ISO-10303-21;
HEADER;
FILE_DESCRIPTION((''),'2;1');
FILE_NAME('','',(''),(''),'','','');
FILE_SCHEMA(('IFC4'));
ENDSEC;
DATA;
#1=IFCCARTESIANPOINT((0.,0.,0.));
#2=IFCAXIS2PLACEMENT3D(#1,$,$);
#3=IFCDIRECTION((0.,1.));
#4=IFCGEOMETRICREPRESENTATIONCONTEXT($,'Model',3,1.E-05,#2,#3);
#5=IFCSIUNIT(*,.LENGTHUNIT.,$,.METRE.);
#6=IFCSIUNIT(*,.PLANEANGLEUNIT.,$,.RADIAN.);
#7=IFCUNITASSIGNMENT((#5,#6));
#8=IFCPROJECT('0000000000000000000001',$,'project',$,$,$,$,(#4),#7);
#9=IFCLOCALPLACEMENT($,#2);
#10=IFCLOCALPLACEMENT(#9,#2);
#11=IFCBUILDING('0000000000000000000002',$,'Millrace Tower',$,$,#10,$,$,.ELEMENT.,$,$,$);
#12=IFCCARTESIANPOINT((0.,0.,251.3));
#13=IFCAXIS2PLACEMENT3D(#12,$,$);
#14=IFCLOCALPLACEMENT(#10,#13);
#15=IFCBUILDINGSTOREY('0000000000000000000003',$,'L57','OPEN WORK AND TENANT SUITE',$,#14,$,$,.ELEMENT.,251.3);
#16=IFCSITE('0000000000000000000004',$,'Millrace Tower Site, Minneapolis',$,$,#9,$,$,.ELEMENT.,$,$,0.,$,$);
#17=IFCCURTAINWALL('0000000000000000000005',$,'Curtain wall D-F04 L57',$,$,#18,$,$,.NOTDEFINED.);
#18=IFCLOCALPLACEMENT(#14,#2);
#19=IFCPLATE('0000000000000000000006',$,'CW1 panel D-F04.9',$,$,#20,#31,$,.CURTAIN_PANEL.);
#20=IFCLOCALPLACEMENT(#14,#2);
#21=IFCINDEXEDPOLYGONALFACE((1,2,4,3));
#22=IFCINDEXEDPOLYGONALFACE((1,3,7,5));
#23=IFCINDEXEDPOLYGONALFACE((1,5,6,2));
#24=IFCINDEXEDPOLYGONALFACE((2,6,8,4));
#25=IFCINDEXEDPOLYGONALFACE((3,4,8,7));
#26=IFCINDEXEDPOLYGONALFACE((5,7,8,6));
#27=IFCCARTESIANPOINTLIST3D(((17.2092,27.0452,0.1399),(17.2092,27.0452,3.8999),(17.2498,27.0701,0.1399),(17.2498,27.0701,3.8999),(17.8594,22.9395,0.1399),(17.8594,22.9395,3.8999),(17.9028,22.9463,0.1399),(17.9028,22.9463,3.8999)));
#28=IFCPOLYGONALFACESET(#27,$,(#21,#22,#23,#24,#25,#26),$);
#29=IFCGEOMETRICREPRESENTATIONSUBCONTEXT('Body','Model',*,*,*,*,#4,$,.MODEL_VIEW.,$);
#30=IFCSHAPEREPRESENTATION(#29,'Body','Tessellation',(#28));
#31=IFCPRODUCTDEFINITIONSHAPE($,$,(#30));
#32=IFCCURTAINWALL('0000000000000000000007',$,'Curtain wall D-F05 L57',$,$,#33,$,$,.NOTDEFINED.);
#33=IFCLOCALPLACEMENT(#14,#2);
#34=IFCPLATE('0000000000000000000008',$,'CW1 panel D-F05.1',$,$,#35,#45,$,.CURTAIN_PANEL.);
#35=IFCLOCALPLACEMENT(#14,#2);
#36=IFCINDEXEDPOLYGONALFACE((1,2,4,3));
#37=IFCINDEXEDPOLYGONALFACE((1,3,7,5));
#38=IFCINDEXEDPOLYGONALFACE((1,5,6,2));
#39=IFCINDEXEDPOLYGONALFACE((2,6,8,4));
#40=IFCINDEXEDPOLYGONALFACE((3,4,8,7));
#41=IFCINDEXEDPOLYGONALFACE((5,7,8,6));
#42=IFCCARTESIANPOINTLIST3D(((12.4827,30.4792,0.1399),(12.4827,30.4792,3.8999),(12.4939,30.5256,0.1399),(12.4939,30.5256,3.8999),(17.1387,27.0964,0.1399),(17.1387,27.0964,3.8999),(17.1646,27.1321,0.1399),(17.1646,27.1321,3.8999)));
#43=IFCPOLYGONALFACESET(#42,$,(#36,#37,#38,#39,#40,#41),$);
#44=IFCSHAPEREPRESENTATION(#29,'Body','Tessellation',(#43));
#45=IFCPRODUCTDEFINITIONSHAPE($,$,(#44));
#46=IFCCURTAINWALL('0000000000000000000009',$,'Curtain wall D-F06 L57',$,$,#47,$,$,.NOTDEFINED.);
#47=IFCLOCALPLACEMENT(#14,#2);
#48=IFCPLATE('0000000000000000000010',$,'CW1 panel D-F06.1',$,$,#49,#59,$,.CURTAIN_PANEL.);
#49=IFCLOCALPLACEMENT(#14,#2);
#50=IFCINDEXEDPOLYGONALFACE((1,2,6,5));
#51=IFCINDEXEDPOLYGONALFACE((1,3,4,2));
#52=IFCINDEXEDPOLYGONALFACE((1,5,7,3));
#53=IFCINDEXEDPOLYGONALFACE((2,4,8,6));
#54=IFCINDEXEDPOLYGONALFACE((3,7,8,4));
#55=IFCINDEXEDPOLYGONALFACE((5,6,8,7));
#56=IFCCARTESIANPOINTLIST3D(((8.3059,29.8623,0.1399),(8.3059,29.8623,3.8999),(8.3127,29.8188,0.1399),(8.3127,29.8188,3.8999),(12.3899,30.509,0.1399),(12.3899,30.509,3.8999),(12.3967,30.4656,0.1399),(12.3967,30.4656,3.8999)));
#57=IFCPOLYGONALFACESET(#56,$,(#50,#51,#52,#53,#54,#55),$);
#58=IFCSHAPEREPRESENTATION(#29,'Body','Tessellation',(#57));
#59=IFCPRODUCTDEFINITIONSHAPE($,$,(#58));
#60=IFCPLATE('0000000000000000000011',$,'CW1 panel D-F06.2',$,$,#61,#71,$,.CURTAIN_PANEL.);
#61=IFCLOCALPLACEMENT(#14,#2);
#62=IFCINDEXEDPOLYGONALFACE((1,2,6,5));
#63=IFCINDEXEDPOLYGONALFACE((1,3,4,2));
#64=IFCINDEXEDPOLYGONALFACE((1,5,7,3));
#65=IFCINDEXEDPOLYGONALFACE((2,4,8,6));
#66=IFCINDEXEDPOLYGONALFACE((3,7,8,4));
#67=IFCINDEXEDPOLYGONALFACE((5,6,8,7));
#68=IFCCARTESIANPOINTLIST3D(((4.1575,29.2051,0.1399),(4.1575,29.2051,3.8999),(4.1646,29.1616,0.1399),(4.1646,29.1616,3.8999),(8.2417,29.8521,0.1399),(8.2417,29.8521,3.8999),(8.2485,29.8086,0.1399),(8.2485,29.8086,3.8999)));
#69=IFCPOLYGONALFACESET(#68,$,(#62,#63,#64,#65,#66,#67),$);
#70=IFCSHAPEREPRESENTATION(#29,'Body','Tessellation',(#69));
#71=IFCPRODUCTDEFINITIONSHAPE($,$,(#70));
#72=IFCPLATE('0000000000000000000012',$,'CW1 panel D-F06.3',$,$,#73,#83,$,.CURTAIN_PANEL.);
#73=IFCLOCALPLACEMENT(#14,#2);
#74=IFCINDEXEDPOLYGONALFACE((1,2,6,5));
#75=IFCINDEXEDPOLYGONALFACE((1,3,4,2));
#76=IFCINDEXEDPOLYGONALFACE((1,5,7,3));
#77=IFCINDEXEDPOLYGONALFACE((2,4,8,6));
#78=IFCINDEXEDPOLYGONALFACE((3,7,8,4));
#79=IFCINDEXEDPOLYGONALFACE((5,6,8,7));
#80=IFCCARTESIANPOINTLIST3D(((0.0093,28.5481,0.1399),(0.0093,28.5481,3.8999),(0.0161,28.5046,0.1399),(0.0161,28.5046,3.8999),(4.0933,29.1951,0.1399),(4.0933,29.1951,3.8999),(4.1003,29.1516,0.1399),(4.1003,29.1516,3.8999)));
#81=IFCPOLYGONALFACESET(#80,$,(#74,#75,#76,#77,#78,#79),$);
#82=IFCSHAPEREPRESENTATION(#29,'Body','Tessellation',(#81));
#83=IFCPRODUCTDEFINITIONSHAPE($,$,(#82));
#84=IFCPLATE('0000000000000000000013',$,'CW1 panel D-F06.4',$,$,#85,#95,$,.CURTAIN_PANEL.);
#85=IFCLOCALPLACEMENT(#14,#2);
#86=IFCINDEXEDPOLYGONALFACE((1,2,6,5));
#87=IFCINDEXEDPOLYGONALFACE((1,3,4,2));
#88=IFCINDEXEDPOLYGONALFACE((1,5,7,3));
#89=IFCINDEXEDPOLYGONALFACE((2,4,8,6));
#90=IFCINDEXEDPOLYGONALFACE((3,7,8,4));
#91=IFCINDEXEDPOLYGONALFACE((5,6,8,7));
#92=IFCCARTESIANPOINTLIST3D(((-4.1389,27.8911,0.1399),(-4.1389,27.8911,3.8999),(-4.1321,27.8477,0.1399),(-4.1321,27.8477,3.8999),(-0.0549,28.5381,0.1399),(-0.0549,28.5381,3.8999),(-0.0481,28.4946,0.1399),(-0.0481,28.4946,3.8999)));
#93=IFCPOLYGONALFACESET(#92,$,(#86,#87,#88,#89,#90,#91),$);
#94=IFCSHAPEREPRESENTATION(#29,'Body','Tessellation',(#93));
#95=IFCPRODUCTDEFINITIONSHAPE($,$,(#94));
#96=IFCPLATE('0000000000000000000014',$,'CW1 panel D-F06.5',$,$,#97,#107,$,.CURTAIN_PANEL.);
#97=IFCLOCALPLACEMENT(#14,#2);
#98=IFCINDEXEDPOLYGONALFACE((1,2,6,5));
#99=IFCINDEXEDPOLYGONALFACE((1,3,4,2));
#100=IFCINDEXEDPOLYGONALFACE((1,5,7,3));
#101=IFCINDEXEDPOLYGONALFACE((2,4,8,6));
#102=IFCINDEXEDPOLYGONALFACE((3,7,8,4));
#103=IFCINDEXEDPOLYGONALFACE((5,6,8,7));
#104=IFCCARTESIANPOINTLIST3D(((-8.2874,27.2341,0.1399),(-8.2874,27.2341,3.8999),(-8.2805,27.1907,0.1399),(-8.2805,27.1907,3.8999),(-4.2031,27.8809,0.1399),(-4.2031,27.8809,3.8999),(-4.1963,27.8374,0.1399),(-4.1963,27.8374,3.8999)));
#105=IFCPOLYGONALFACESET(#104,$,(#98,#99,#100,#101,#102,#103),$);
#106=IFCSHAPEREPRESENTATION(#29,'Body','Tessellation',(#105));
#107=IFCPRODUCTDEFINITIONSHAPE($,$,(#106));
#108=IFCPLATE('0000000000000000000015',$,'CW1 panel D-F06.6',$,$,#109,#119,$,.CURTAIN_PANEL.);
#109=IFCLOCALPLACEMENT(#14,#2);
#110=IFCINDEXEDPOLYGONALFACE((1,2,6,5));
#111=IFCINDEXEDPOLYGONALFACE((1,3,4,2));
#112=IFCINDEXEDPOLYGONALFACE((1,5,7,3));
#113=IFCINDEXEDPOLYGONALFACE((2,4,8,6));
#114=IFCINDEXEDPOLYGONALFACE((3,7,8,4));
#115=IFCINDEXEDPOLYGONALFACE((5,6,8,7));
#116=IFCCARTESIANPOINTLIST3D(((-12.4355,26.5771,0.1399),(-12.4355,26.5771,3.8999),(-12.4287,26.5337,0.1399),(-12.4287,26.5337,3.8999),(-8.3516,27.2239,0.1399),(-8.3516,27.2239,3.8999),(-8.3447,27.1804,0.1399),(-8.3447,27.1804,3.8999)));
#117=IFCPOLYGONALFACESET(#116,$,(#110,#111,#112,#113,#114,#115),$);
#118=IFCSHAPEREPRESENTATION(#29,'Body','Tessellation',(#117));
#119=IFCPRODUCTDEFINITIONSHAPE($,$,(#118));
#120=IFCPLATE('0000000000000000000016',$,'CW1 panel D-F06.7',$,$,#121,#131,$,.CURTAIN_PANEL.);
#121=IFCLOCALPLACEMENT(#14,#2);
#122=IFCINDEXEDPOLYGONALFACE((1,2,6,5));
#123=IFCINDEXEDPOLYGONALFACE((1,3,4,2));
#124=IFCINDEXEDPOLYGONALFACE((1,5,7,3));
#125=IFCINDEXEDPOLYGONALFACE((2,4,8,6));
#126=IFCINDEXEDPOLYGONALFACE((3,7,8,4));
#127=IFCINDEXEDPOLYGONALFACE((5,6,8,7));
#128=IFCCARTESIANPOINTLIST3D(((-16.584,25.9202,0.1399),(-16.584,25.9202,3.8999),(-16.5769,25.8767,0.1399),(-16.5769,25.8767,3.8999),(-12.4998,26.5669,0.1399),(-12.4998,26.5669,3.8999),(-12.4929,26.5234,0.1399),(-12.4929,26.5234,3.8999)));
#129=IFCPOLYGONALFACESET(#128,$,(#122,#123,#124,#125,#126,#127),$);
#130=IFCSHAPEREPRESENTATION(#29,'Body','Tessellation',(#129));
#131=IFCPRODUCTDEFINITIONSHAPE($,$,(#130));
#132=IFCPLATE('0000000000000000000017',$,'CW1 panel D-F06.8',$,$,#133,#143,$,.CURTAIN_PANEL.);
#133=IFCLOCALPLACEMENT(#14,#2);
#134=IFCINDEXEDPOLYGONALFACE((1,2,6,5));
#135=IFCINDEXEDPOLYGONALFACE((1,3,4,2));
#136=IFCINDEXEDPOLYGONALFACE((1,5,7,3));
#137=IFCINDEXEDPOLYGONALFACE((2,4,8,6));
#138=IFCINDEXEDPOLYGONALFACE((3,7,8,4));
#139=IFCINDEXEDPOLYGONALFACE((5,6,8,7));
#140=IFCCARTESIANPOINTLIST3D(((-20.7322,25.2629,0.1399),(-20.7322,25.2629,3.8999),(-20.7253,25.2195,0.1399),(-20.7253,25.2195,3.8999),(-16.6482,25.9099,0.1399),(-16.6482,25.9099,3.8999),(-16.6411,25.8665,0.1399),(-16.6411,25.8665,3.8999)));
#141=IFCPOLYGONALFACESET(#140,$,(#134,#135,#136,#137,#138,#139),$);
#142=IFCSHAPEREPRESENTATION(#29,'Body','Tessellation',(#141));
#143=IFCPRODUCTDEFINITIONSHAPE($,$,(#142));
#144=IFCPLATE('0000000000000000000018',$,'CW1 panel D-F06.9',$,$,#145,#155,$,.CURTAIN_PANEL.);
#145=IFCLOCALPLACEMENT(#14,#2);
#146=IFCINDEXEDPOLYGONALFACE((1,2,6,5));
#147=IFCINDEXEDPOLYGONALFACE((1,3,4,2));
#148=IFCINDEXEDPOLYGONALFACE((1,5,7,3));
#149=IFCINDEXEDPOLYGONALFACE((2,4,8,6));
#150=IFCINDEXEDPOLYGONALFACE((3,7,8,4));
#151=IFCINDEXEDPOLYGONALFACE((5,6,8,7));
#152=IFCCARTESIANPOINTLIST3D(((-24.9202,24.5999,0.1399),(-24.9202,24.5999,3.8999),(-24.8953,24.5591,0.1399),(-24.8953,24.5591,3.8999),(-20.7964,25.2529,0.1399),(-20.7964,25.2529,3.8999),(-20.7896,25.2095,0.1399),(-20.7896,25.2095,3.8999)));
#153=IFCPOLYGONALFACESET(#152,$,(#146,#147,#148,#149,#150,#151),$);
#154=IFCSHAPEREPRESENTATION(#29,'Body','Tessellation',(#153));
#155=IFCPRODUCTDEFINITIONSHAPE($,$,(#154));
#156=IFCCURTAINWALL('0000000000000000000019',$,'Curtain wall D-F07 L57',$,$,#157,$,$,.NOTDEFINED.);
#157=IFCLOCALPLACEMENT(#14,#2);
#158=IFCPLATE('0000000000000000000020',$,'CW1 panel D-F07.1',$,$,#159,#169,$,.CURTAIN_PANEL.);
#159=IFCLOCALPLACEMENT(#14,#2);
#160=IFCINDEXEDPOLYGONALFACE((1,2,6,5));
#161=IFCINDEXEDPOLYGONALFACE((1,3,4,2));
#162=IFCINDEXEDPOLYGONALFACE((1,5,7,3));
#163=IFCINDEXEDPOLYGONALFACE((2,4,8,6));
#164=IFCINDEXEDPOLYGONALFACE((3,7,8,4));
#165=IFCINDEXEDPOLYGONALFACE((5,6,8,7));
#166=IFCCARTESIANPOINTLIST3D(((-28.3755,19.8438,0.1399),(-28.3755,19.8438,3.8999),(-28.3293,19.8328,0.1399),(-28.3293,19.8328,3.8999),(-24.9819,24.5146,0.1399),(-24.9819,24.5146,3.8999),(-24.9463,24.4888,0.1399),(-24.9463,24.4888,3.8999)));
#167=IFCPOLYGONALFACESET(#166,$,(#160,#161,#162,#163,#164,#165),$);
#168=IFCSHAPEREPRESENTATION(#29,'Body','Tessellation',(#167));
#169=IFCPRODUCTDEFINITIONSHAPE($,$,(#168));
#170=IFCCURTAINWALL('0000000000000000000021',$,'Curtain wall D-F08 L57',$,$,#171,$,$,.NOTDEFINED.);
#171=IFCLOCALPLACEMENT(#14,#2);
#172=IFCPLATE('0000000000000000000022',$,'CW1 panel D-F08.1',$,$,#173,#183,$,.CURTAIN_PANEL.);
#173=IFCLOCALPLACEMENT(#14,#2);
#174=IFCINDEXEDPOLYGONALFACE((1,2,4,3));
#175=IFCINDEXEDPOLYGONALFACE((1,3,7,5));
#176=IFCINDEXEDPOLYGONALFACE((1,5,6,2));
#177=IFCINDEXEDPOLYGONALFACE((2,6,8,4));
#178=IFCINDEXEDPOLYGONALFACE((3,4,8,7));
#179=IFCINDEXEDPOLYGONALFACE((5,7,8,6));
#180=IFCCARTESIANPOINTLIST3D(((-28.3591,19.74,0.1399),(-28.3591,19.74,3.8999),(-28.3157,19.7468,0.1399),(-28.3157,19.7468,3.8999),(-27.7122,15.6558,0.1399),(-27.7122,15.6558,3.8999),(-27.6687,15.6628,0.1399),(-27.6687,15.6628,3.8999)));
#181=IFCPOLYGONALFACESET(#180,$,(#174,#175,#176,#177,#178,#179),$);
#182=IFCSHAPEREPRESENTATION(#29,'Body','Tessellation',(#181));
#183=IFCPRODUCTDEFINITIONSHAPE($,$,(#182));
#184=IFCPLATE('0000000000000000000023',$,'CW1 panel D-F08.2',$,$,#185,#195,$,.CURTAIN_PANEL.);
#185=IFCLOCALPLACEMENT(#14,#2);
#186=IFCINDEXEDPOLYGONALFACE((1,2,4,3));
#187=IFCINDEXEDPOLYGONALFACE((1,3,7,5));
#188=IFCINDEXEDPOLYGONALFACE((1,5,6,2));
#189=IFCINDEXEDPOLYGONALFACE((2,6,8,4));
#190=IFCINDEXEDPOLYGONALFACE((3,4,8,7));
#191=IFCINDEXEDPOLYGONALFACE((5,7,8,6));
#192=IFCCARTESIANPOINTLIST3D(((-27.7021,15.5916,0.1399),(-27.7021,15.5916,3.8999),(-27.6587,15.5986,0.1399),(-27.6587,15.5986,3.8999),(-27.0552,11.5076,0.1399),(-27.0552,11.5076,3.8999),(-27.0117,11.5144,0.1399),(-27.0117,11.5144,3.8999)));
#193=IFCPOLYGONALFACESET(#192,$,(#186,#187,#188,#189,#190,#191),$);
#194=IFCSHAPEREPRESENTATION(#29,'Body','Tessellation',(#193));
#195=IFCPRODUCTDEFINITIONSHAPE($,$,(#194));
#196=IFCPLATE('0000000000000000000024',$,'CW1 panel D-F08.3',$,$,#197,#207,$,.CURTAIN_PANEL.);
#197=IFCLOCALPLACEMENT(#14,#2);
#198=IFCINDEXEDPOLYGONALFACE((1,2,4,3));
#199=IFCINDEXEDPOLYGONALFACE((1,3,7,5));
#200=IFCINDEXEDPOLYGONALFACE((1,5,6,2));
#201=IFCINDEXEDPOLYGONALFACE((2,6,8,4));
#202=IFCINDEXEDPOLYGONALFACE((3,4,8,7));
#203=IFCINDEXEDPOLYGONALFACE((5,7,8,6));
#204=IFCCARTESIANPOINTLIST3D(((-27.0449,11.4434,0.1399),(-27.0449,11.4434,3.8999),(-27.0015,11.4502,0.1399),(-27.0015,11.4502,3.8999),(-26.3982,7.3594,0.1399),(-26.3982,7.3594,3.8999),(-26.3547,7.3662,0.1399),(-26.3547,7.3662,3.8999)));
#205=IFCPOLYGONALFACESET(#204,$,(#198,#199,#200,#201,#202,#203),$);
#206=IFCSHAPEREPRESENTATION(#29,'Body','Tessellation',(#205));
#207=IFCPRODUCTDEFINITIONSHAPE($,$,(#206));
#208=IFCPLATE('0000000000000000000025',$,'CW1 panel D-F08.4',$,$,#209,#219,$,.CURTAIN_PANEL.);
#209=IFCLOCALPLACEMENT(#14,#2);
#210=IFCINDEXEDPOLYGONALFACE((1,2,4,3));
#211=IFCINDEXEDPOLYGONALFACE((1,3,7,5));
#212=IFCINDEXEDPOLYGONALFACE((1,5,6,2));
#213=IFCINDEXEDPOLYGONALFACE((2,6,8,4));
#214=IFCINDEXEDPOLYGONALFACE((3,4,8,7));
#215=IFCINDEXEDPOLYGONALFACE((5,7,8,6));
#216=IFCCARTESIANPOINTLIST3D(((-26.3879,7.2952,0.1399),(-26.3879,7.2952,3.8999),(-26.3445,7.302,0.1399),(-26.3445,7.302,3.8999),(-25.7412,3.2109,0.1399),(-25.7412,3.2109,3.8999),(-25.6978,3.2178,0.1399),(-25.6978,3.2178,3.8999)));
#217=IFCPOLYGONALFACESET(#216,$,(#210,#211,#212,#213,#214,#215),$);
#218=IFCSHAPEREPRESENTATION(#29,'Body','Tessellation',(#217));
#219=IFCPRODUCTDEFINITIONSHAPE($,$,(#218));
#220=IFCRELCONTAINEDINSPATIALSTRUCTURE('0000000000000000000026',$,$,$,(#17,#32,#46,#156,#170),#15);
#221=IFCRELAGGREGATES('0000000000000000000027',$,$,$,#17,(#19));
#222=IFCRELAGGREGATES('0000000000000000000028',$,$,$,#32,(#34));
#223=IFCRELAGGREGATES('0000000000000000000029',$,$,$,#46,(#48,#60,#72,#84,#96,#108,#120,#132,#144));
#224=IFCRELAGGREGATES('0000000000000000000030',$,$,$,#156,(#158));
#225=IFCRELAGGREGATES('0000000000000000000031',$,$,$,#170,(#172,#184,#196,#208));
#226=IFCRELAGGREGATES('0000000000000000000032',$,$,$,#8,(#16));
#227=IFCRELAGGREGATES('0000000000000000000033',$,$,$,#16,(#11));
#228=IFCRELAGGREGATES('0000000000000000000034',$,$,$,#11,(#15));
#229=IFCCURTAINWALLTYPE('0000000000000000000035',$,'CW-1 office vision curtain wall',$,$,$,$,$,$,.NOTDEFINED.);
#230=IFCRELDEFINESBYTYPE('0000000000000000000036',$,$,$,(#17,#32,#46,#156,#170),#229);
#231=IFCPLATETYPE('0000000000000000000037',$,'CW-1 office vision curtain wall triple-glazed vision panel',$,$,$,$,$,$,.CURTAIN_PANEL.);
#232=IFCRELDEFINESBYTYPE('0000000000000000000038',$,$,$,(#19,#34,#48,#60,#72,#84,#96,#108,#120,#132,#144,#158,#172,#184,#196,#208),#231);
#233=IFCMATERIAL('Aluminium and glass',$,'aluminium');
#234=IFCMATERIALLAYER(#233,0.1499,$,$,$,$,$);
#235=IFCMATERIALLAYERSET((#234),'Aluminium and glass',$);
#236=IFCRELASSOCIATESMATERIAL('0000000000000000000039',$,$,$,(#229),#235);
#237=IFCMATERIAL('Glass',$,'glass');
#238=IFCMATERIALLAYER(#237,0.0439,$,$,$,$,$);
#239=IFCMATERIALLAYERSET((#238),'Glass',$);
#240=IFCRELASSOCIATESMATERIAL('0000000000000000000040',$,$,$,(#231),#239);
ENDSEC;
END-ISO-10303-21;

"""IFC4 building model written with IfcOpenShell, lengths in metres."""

from ifc_helpers import new_model, si_unit, direction, frame, origin, place, context, subcontext, project, spatial, polyline, outline, extrude, material, layer, layer_set, type_object, element, aggregate, save


model = new_model("IFC4")

# Units and contexts
model_context = context("Model", 3, precision=1e-05, world=origin(), true_north=direction((0.0, 1.0)))
body_context = subcontext(model_context, "Body", "Model", "MODEL_VIEW")
ifc_project = project(units=[si_unit("LENGTHUNIT", "METRE"), si_unit("PLANEANGLEUNIT", "RADIAN")], contexts=[model_context])

# Site, building, storey
site_placement = place(None, origin())
site = spatial("IfcSite", under=ifc_project, at=site_placement, Name="Millrace Tower Site, Minneapolis", CompositionType="ELEMENT", RefElevation=0.0)
building_placement = place(site_placement, origin())
building = spatial("IfcBuilding", under=site, at=building_placement, Name="Millrace Tower", CompositionType="ELEMENT")
storey_placement = place(building_placement, frame((0.0, 0.0, 251.3)))
storey = spatial("IfcBuildingStorey", under=building, at=storey_placement, Name="L57", Description="OPEN WORK AND TENANT SUITE", CompositionType="ELEMENT", Elevation=251.3)

# Curtain walls, plates
ifc_material_1 = material(Name="Aluminium and glass", Category="aluminium")
ifc_layer_1 = layer(ifc_material_1, 0.1499)
ifc_layer_set_1 = layer_set([ifc_layer_1], Name="Aluminium and glass")
curtain_wall_type = type_object("IfcCurtainWallType", Name="CW-1 office vision curtain wall", PredefinedType="NOTDEFINED", material=ifc_layer_set_1)
placement_1 = place(storey_placement, origin())
curtain_wall_1 = element("IfcCurtainWall", 1, at=placement_1, inside=storey, type_object=curtain_wall_type, Name="Curtain wall D-F04 L57", PredefinedType="NOTDEFINED")
ifc_material_2 = material(Name="Glass", Category="glass")
ifc_layer_2 = layer(ifc_material_2, 0.0439)
ifc_layer_set_2 = layer_set([ifc_layer_2], Name="Glass")
plate_type = type_object("IfcPlateType", Name="CW-1 office vision curtain wall triple-glazed vision panel", PredefinedType="CURTAIN_PANEL", material=ifc_layer_set_2)
placement_2 = place(storey_placement, frame((0.0, 0.0, 0.1399)))
plate_1 = element("IfcPlate", 2, at=placement_2, type_object=plate_type, Name="CW1 panel D-F04.9", PredefinedType="CURTAIN_PANEL", context=body_context, shape_type="SweptSolid", body=[
    extrude(outline(polyline([(17.9028, 22.9463), (17.2498, 27.0701), (17.2092, 27.0452), (17.8594, 22.9395), (17.9028, 22.9463)])), origin(), (0.0, 0.0, 1.0), 3.76),
])
aggregate(curtain_wall_1, [plate_1])
curtain_wall_2 = element("IfcCurtainWall", 3, at=placement_1, inside=storey, type_object=curtain_wall_type, Name="Curtain wall D-F05 L57", PredefinedType="NOTDEFINED")
plate_2 = element("IfcPlate", 4, at=placement_2, type_object=plate_type, Name="CW1 panel D-F05.1", PredefinedType="CURTAIN_PANEL", context=body_context, shape_type="SweptSolid", body=[
    extrude(outline(polyline([(17.1646, 27.1321), (12.4939, 30.5256), (12.4827, 30.4792), (17.1387, 27.0964), (17.1646, 27.1321)])), origin(), (0.0, 0.0, 1.0), 3.76),
])
aggregate(curtain_wall_2, [plate_2])

# Curtain wall, plates
curtain_wall_3 = element("IfcCurtainWall", 5, at=placement_1, inside=storey, type_object=curtain_wall_type, Name="Curtain wall D-F06 L57", PredefinedType="NOTDEFINED")
plate_3 = element("IfcPlate", 6, at=placement_2, type_object=plate_type, Name="CW1 panel D-F06.1", PredefinedType="CURTAIN_PANEL", context=body_context, shape_type="SweptSolid", body=[
    extrude(outline(polyline([(12.3899, 30.509), (8.3059, 29.8623), (8.3127, 29.8188), (12.3967, 30.4656), (12.3899, 30.509)])), origin(), (0.0, 0.0, 1.0), 3.76),
])
plate_4 = element("IfcPlate", 7, at=placement_2, type_object=plate_type, Name="CW1 panel D-F06.2", PredefinedType="CURTAIN_PANEL", context=body_context, shape_type="SweptSolid", body=[
    extrude(outline(polyline([(8.2417, 29.8521), (4.1575, 29.2051), (4.1646, 29.1616), (8.2485, 29.8086), (8.2417, 29.8521)])), origin(), (0.0, 0.0, 1.0), 3.76),
])
plate_5 = element("IfcPlate", 8, at=placement_2, type_object=plate_type, Name="CW1 panel D-F06.3", PredefinedType="CURTAIN_PANEL", context=body_context, shape_type="SweptSolid", body=[
    extrude(outline(polyline([(4.0933, 29.1951), (0.0093, 28.5481), (0.0161, 28.5046), (4.1003, 29.1516), (4.0933, 29.1951)])), origin(), (0.0, 0.0, 1.0), 3.76),
])
plate_6 = element("IfcPlate", 9, at=placement_2, type_object=plate_type, Name="CW1 panel D-F06.4", PredefinedType="CURTAIN_PANEL", context=body_context, shape_type="SweptSolid", body=[
    extrude(outline(polyline([(-0.0549, 28.5381), (-4.1389, 27.8911), (-4.1321, 27.8477), (-0.0481, 28.4946), (-0.0549, 28.5381)])), origin(), (0.0, 0.0, 1.0), 3.76),
])
plate_7 = element("IfcPlate", 10, at=placement_2, type_object=plate_type, Name="CW1 panel D-F06.5", PredefinedType="CURTAIN_PANEL", context=body_context, shape_type="SweptSolid", body=[
    extrude(outline(polyline([(-4.2031, 27.8809), (-8.2874, 27.2341), (-8.2805, 27.1907), (-4.1963, 27.8374), (-4.2031, 27.8809)])), origin(), (0.0, 0.0, 1.0), 3.76),
])
plate_8 = element("IfcPlate", 11, at=placement_2, type_object=plate_type, Name="CW1 panel D-F06.6", PredefinedType="CURTAIN_PANEL", context=body_context, shape_type="SweptSolid", body=[
    extrude(outline(polyline([(-8.3516, 27.2239), (-12.4355, 26.5771), (-12.4287, 26.5337), (-8.3447, 27.1804), (-8.3516, 27.2239)])), origin(), (0.0, 0.0, 1.0), 3.76),
])
plate_9 = element("IfcPlate", 12, at=placement_2, type_object=plate_type, Name="CW1 panel D-F06.7", PredefinedType="CURTAIN_PANEL", context=body_context, shape_type="SweptSolid", body=[
    extrude(outline(polyline([(-12.4998, 26.5669), (-16.584, 25.9202), (-16.5769, 25.8767), (-12.4929, 26.5234), (-12.4998, 26.5669)])), origin(), (0.0, 0.0, 1.0), 3.76),
])
plate_10 = element("IfcPlate", 13, at=placement_2, type_object=plate_type, Name="CW1 panel D-F06.8", PredefinedType="CURTAIN_PANEL", context=body_context, shape_type="SweptSolid", body=[
    extrude(outline(polyline([(-16.6482, 25.9099), (-20.7322, 25.2629), (-20.7253, 25.2195), (-16.6411, 25.8665), (-16.6482, 25.9099)])), origin(), (0.0, 0.0, 1.0), 3.76),
])
plate_11 = element("IfcPlate", 14, at=placement_2, type_object=plate_type, Name="CW1 panel D-F06.9", PredefinedType="CURTAIN_PANEL", context=body_context, shape_type="SweptSolid", body=[
    extrude(outline(polyline([(-20.7964, 25.2529), (-24.9202, 24.5999), (-24.8953, 24.5591), (-20.7896, 25.2095), (-20.7964, 25.2529)])), origin(), (0.0, 0.0, 1.0), 3.76),
])
aggregate(curtain_wall_3, [plate_3, plate_4, plate_5, plate_6, plate_7, plate_8, plate_9, plate_10, plate_11])

# Curtain wall, plate
curtain_wall_4 = element("IfcCurtainWall", 15, at=placement_1, inside=storey, type_object=curtain_wall_type, Name="Curtain wall D-F07 L57", PredefinedType="NOTDEFINED")
plate_12 = element("IfcPlate", 16, at=placement_2, type_object=plate_type, Name="CW1 panel D-F07.1", PredefinedType="CURTAIN_PANEL", context=body_context, shape_type="SweptSolid", body=[
    extrude(outline(polyline([(-24.9819, 24.5146), (-28.3755, 19.8438), (-28.3293, 19.8328), (-24.9463, 24.4888), (-24.9819, 24.5146)])), origin(), (0.0, 0.0, 1.0), 3.76),
])
aggregate(curtain_wall_4, [plate_12])

# Curtain wall, plates
curtain_wall_5 = element("IfcCurtainWall", 17, at=placement_1, inside=storey, type_object=curtain_wall_type, Name="Curtain wall D-F08 L57", PredefinedType="NOTDEFINED")
plate_13 = element("IfcPlate", 18, at=placement_2, type_object=plate_type, Name="CW1 panel D-F08.1", PredefinedType="CURTAIN_PANEL", context=body_context, shape_type="SweptSolid", body=[
    extrude(outline(polyline([(-28.3591, 19.74), (-27.7122, 15.6558), (-27.6687, 15.6628), (-28.3157, 19.7468), (-28.3591, 19.74)])), origin(), (0.0, 0.0, 1.0), 3.76),
])
plate_14 = element("IfcPlate", 19, at=placement_2, type_object=plate_type, Name="CW1 panel D-F08.2", PredefinedType="CURTAIN_PANEL", context=body_context, shape_type="SweptSolid", body=[
    extrude(outline(polyline([(-27.7021, 15.5916), (-27.0552, 11.5076), (-27.0117, 11.5144), (-27.6587, 15.5986), (-27.7021, 15.5916)])), origin(), (0.0, 0.0, 1.0), 3.76),
])
plate_15 = element("IfcPlate", 20, at=placement_2, type_object=plate_type, Name="CW1 panel D-F08.3", PredefinedType="CURTAIN_PANEL", context=body_context, shape_type="SweptSolid", body=[
    extrude(outline(polyline([(-27.0449, 11.4434), (-26.3982, 7.3594), (-26.3547, 7.3662), (-27.0015, 11.4502), (-27.0449, 11.4434)])), origin(), (0.0, 0.0, 1.0), 3.76),
])
plate_16 = element("IfcPlate", 21, at=placement_2, type_object=plate_type, Name="CW1 panel D-F08.4", PredefinedType="CURTAIN_PANEL", context=body_context, shape_type="SweptSolid", body=[
    extrude(outline(polyline([(-26.3879, 7.2952), (-25.7412, 3.2109), (-25.6978, 3.2178), (-26.3445, 7.302), (-26.3879, 7.2952)])), origin(), (0.0, 0.0, 1.0), 3.76),
])
aggregate(curtain_wall_5, [plate_13, plate_14, plate_15, plate_16])

save(model, "model.ifc")
